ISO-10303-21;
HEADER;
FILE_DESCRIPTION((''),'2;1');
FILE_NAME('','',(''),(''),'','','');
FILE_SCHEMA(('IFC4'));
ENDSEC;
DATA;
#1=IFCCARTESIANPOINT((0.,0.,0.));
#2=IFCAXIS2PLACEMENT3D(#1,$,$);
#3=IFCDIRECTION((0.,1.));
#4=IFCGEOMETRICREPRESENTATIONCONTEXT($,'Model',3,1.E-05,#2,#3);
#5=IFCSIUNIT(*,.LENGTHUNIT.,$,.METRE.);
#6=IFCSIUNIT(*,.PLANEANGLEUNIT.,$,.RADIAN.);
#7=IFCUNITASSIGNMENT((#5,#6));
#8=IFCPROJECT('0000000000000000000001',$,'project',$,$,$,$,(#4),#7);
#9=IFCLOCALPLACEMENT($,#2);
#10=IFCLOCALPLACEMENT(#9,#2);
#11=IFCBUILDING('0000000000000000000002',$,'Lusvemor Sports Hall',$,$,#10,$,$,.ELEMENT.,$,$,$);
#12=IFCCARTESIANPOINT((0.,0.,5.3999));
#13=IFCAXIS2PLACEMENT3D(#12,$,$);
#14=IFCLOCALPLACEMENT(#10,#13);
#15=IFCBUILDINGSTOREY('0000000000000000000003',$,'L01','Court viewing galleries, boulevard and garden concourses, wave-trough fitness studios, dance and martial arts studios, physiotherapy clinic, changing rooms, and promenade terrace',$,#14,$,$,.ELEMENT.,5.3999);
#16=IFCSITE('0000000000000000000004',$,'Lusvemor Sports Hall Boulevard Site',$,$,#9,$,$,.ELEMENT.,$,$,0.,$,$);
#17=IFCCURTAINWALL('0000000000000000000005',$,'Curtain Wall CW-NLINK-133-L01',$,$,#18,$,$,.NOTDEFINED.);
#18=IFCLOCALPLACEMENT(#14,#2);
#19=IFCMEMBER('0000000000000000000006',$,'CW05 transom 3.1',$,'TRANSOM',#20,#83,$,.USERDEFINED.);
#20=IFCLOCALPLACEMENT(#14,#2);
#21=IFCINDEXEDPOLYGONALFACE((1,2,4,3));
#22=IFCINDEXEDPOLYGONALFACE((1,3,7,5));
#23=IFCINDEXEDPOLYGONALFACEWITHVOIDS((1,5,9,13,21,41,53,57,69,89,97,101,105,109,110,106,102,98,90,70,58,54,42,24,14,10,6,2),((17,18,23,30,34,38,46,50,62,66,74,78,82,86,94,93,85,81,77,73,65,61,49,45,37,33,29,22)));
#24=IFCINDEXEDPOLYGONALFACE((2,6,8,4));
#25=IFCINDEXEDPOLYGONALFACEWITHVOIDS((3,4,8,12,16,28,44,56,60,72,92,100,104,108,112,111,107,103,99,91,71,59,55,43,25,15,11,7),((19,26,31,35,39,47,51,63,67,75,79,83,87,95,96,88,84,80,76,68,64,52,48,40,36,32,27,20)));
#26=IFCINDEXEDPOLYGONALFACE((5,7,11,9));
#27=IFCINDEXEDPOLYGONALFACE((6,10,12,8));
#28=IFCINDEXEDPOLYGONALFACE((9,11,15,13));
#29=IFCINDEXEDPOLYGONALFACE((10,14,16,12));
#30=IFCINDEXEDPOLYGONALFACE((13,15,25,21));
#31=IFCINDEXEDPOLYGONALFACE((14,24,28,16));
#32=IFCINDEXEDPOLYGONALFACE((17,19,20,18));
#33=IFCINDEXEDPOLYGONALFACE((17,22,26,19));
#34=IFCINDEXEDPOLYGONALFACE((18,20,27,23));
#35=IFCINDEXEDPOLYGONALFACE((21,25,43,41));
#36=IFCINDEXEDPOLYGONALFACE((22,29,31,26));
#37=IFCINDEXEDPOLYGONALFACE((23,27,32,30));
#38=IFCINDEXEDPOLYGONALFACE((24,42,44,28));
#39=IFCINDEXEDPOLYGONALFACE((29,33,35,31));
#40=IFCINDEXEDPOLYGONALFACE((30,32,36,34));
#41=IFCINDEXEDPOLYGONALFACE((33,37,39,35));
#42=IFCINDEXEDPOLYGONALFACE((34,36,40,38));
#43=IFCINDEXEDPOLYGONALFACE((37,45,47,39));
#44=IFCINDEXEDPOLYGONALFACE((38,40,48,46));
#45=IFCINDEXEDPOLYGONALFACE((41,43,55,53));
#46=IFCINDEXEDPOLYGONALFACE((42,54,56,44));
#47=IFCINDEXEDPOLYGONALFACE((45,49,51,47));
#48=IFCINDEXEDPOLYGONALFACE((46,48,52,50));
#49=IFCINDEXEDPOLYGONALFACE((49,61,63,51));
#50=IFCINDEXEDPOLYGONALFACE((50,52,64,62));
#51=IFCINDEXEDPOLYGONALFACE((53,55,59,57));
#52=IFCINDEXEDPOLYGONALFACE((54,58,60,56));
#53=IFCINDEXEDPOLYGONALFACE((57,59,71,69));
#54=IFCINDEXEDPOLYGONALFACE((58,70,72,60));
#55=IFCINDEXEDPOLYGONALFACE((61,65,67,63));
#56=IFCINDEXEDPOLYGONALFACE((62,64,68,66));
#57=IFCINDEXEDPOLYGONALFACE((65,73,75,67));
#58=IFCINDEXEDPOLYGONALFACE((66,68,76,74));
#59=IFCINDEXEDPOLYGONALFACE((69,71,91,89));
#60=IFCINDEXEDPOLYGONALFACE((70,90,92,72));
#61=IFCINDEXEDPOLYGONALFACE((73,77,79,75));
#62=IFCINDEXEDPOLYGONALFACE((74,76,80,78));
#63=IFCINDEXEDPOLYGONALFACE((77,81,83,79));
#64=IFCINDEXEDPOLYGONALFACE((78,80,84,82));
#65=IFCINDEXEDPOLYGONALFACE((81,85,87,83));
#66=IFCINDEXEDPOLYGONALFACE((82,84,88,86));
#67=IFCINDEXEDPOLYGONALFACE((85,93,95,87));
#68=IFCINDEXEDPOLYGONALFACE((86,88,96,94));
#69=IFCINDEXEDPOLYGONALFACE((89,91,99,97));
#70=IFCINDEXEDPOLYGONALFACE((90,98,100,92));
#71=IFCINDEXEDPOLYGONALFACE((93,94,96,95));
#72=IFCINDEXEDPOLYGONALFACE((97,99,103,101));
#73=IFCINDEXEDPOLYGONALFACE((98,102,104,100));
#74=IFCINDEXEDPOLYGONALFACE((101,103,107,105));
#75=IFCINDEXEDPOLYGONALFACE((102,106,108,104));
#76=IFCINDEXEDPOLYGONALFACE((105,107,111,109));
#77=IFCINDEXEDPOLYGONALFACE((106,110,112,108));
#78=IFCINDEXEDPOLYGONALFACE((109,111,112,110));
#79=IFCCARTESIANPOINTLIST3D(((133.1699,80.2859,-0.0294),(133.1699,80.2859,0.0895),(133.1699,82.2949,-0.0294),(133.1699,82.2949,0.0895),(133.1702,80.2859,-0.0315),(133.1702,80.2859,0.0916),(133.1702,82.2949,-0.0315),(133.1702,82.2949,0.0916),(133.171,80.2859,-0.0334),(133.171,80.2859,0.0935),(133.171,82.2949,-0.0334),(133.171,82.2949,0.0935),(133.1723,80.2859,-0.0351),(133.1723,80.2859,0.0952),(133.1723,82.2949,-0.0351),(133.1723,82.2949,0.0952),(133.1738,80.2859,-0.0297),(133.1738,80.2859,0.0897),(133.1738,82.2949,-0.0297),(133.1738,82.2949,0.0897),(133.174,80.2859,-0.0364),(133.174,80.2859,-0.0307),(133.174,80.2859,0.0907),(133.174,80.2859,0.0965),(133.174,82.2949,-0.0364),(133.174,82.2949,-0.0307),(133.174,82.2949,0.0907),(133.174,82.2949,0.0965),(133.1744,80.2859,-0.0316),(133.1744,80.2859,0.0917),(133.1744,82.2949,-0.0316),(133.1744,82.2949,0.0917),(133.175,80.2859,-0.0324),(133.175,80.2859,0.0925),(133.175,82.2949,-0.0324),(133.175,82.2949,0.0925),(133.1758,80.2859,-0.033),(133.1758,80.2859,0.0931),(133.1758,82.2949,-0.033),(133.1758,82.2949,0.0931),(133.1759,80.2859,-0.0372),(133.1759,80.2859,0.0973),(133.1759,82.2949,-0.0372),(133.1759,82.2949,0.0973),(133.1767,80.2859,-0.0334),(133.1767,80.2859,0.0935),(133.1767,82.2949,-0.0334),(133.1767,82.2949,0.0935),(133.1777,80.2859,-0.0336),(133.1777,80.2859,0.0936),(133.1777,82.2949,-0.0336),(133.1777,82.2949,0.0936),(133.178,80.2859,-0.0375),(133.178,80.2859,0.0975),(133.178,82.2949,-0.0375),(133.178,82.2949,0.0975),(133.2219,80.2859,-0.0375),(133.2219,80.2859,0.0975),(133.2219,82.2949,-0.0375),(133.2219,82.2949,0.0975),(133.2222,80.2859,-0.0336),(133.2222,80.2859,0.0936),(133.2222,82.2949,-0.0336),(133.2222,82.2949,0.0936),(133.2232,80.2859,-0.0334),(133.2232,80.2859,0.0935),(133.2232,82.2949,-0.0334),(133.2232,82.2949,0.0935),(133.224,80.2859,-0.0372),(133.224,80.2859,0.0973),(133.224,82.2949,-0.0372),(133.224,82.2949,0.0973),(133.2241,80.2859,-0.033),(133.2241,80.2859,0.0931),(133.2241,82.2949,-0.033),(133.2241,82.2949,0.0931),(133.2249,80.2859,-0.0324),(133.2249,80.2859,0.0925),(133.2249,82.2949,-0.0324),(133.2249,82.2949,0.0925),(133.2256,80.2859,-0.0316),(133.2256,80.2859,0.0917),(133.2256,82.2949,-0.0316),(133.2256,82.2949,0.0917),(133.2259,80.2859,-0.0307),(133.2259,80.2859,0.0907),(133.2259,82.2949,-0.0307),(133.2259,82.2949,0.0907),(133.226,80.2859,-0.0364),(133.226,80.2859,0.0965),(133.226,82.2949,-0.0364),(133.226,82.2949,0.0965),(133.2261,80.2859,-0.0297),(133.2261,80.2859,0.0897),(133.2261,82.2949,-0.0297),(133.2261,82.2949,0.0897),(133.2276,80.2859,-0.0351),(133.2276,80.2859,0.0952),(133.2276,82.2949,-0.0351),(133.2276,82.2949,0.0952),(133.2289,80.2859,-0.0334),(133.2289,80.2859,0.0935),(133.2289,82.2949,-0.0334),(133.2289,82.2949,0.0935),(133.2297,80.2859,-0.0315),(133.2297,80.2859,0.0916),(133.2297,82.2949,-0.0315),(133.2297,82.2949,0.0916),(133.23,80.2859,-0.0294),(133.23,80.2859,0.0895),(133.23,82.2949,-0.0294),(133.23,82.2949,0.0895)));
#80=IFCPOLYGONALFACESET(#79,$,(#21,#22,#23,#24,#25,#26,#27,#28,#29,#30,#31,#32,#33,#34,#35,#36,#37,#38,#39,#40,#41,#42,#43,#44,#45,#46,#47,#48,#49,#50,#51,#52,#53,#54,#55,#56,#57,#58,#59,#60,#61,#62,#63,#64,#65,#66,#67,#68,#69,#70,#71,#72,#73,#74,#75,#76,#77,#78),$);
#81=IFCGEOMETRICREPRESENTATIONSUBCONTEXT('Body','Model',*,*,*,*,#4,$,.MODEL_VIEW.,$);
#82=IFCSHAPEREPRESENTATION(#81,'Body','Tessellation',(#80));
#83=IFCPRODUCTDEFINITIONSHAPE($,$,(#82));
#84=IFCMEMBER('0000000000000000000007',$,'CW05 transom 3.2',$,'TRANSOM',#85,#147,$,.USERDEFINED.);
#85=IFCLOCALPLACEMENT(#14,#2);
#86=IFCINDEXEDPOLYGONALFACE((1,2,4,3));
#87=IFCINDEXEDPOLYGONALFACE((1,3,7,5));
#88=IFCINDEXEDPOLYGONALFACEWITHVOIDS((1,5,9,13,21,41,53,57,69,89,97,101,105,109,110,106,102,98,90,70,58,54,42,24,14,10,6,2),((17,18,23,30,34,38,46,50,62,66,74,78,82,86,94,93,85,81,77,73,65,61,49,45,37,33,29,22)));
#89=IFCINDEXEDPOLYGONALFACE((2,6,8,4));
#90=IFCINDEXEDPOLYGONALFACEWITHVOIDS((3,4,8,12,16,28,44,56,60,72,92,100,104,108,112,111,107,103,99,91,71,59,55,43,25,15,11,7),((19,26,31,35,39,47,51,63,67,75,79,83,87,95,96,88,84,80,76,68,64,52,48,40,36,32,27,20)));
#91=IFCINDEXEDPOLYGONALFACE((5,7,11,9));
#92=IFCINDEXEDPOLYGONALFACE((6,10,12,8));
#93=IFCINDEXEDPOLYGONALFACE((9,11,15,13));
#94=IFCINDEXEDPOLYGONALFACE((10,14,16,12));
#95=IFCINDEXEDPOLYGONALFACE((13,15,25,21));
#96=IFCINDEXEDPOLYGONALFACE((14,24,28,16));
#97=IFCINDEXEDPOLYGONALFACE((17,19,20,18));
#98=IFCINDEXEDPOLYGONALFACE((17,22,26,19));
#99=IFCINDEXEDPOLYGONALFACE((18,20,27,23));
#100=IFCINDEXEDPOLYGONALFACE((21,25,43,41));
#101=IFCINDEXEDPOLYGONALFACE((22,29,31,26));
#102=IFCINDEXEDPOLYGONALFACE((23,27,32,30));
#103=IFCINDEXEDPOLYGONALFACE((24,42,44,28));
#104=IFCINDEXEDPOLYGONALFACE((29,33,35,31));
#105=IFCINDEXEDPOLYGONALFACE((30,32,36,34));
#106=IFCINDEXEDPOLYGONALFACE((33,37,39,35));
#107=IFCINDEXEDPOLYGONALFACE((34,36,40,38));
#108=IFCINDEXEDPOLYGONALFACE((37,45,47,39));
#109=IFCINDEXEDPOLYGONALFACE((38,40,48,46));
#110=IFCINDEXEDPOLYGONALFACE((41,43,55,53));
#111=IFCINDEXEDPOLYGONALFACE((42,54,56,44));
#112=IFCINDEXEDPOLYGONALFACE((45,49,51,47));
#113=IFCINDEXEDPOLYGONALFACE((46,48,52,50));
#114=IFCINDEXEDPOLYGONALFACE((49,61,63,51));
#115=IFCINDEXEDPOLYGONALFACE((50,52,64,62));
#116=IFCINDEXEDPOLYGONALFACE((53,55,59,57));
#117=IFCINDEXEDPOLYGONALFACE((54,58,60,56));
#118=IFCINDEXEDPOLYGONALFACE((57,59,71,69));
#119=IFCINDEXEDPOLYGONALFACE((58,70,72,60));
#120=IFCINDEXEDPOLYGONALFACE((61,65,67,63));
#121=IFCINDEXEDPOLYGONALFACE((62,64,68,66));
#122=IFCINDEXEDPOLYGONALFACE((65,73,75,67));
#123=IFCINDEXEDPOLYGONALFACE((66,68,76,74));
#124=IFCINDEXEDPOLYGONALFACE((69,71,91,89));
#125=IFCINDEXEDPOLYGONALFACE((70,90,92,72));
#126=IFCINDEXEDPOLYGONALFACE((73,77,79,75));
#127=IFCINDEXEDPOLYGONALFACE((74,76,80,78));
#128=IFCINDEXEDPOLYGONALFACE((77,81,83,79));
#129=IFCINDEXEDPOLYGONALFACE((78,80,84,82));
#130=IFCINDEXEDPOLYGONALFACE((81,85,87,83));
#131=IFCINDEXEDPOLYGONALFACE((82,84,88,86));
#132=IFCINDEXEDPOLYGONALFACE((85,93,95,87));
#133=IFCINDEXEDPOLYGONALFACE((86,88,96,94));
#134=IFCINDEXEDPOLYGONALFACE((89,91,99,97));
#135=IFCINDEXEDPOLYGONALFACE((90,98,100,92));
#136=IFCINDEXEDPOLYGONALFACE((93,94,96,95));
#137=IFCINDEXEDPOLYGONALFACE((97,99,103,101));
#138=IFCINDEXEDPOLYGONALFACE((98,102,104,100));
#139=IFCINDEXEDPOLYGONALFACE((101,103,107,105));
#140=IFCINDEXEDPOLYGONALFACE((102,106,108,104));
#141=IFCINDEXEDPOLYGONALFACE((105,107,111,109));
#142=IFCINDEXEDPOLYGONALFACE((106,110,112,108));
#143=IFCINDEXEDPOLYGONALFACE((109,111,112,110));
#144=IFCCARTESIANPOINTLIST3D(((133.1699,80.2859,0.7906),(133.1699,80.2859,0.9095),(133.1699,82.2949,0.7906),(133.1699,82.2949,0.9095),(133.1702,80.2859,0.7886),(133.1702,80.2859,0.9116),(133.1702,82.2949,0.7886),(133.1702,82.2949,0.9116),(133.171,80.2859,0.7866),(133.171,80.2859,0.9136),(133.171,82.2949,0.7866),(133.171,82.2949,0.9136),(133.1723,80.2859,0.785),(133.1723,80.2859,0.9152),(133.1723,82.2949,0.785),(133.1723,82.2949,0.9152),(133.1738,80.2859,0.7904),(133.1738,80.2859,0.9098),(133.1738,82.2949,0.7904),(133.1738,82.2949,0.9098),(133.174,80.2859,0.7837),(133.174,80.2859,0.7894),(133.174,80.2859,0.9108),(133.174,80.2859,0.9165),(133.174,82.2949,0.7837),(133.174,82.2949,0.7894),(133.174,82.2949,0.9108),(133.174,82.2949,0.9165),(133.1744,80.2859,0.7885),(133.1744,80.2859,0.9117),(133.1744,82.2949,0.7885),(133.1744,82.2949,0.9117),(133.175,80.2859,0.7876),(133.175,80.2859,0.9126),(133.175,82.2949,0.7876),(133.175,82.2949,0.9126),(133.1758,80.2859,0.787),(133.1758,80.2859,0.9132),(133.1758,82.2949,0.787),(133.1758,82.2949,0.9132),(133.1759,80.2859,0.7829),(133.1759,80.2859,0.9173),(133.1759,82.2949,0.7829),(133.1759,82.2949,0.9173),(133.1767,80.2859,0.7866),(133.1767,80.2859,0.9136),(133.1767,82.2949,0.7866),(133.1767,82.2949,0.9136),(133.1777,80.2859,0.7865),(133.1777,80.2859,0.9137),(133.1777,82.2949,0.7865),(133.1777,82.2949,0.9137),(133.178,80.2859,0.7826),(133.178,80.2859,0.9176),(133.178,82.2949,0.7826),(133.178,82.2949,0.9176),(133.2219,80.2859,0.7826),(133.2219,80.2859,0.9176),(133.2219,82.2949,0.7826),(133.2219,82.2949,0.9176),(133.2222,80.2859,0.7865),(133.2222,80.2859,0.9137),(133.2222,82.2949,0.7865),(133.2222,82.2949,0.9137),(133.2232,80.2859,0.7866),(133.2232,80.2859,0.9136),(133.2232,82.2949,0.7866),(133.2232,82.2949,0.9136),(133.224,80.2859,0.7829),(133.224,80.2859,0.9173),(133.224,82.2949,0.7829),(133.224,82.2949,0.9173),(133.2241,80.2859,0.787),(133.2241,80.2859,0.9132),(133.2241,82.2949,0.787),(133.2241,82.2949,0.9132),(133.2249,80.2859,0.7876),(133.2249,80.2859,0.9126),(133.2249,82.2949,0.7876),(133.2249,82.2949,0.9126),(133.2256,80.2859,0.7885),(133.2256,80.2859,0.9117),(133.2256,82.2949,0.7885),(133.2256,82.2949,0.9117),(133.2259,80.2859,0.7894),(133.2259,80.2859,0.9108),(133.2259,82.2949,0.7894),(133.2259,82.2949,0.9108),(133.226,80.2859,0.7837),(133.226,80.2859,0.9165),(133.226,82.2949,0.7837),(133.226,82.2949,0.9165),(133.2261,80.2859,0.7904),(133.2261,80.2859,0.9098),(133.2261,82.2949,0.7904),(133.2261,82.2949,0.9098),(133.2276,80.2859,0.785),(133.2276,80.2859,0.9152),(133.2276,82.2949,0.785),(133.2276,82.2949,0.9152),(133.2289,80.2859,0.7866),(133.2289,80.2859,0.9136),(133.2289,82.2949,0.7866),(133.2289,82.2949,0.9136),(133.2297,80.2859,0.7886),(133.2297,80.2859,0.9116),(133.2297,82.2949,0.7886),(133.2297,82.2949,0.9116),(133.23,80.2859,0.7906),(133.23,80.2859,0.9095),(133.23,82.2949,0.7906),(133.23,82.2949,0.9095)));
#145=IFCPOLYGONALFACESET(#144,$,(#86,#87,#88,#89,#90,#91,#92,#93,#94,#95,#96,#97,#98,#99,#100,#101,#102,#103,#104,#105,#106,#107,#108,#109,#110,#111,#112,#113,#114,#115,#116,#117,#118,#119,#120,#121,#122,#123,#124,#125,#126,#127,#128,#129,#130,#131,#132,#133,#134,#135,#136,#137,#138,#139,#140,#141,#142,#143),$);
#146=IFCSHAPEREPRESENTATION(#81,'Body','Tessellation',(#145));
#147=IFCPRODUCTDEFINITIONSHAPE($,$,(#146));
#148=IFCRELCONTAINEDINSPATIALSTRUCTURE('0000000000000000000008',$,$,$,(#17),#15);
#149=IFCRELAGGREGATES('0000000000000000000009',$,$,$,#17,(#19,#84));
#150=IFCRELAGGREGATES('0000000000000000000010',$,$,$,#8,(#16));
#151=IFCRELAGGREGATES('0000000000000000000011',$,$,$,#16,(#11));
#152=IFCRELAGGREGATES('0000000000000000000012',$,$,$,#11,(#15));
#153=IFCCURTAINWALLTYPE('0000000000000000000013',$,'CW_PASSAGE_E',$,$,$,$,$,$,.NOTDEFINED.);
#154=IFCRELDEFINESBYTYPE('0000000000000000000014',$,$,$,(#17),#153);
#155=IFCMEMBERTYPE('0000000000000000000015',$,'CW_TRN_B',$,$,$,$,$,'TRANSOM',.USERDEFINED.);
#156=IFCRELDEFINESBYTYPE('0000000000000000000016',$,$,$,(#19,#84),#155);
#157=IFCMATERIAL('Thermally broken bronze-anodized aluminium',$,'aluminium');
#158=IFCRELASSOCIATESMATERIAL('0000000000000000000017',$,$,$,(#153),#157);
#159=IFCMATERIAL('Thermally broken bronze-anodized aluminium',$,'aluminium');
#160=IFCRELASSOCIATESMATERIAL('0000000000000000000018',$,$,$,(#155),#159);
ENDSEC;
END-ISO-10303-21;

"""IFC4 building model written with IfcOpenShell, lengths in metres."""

from ifc_helpers import new_model, si_unit, direction, frame, origin, origin_2d, place, context, subcontext, project, spatial, hollow_rectangle, extrude, material, material_profile, profile_set, type_object, element, aggregate, save


model = new_model("IFC4")

# Units and contexts
model_context = context("Model", 3, precision=1e-05, world=origin(), true_north=direction((0.0, 1.0)))
body_context = subcontext(model_context, "Body", "Model", "MODEL_VIEW")
ifc_project = project(units=[si_unit("LENGTHUNIT", "METRE"), si_unit("PLANEANGLEUNIT", "RADIAN")], contexts=[model_context])

# Site, building, storey
site_placement = place(None, origin())
site = spatial("IfcSite", under=ifc_project, at=site_placement, Name="Lusvemor Sports Hall Boulevard Site", CompositionType="ELEMENT", RefElevation=0.0)
building_placement = place(site_placement, origin())
building = spatial("IfcBuilding", under=site, at=building_placement, Name="Lusvemor Sports Hall", CompositionType="ELEMENT")
storey_placement = place(building_placement, frame((0.0, 0.0, 5.3999)))
storey = spatial("IfcBuildingStorey", under=building, at=storey_placement, Name="L01", Description="Court viewing galleries, boulevard and garden concourses, wave-trough fitness studios, dance and martial arts studios, physiotherapy clinic, changing rooms, and promenade terrace", CompositionType="ELEMENT", Elevation=5.3999)

# Curtain wall, members
ifc_material_1 = material(Name="Thermally broken bronze-anodized aluminium", Category="aluminium")
curtain_wall_type = type_object("IfcCurtainWallType", Name="CW_PASSAGE_E", PredefinedType="NOTDEFINED", material=ifc_material_1)
curtain_wall_placement = place(storey_placement, origin())
curtain_wall = element("IfcCurtainWall", 1, at=curtain_wall_placement, inside=storey, type_object=curtain_wall_type, Name="Curtain Wall CW-NLINK-133-L01", PredefinedType="NOTDEFINED")
ifc_material_2 = material(Name="Thermally broken bronze-anodized aluminium", Category="aluminium")
ifc_material_profile_1 = material_profile(ifc_material_2, hollow_rectangle(XDim=0.0601, YDim=0.135, WallThickness=0.0039, InnerFilletRadius=0.0039, OuterFilletRadius=0.0081, at=origin_2d()), Name="CWTRN135x60x4")
ifc_profile_set_1 = profile_set([ifc_material_profile_1], Name="Thermally broken bronze-anodized aluminium")
member_type_1 = type_object("IfcMemberType", Name="CW_TRN_B", ElementType="TRANSOM", PredefinedType="USERDEFINED", material=ifc_profile_set_1)
member_1_placement = place(storey_placement, frame((133.2, 80.2859, 0.03), z_axis=(0.0, 1.0, 0.0), x_axis=(-1.0, 0.0, 0.0)))
member_1 = element("IfcMember", 2, at=member_1_placement, type_object=member_type_1, Name="CW05 transom 3.1", ObjectType="TRANSOM", PredefinedType="USERDEFINED", context=body_context, shape_type="SweptSolid", body=[
    extrude(hollow_rectangle(XDim=0.0601, YDim=0.135, WallThickness=0.0039, InnerFilletRadius=0.0039, OuterFilletRadius=0.0081, at=origin_2d()), origin(), (0.0, 0.0, 1.0), 2.009),
])
member_2_placement = place(storey_placement, frame((133.2, 80.2859, 0.8501), z_axis=(0.0, 1.0, 0.0), x_axis=(-1.0, 0.0, 0.0)))
member_2 = element("IfcMember", 3, at=member_2_placement, type_object=member_type_1, Name="CW05 transom 3.2", ObjectType="TRANSOM", PredefinedType="USERDEFINED", context=body_context, shape_type="SweptSolid", body=[
    extrude(hollow_rectangle(XDim=0.0601, YDim=0.135, WallThickness=0.0039, InnerFilletRadius=0.0039, OuterFilletRadius=0.0081, at=origin_2d()), origin(), (0.0, 0.0, 1.0), 2.009),
])

aggregate(curtain_wall, [member_1, member_2])

save(model, "model.ifc")
